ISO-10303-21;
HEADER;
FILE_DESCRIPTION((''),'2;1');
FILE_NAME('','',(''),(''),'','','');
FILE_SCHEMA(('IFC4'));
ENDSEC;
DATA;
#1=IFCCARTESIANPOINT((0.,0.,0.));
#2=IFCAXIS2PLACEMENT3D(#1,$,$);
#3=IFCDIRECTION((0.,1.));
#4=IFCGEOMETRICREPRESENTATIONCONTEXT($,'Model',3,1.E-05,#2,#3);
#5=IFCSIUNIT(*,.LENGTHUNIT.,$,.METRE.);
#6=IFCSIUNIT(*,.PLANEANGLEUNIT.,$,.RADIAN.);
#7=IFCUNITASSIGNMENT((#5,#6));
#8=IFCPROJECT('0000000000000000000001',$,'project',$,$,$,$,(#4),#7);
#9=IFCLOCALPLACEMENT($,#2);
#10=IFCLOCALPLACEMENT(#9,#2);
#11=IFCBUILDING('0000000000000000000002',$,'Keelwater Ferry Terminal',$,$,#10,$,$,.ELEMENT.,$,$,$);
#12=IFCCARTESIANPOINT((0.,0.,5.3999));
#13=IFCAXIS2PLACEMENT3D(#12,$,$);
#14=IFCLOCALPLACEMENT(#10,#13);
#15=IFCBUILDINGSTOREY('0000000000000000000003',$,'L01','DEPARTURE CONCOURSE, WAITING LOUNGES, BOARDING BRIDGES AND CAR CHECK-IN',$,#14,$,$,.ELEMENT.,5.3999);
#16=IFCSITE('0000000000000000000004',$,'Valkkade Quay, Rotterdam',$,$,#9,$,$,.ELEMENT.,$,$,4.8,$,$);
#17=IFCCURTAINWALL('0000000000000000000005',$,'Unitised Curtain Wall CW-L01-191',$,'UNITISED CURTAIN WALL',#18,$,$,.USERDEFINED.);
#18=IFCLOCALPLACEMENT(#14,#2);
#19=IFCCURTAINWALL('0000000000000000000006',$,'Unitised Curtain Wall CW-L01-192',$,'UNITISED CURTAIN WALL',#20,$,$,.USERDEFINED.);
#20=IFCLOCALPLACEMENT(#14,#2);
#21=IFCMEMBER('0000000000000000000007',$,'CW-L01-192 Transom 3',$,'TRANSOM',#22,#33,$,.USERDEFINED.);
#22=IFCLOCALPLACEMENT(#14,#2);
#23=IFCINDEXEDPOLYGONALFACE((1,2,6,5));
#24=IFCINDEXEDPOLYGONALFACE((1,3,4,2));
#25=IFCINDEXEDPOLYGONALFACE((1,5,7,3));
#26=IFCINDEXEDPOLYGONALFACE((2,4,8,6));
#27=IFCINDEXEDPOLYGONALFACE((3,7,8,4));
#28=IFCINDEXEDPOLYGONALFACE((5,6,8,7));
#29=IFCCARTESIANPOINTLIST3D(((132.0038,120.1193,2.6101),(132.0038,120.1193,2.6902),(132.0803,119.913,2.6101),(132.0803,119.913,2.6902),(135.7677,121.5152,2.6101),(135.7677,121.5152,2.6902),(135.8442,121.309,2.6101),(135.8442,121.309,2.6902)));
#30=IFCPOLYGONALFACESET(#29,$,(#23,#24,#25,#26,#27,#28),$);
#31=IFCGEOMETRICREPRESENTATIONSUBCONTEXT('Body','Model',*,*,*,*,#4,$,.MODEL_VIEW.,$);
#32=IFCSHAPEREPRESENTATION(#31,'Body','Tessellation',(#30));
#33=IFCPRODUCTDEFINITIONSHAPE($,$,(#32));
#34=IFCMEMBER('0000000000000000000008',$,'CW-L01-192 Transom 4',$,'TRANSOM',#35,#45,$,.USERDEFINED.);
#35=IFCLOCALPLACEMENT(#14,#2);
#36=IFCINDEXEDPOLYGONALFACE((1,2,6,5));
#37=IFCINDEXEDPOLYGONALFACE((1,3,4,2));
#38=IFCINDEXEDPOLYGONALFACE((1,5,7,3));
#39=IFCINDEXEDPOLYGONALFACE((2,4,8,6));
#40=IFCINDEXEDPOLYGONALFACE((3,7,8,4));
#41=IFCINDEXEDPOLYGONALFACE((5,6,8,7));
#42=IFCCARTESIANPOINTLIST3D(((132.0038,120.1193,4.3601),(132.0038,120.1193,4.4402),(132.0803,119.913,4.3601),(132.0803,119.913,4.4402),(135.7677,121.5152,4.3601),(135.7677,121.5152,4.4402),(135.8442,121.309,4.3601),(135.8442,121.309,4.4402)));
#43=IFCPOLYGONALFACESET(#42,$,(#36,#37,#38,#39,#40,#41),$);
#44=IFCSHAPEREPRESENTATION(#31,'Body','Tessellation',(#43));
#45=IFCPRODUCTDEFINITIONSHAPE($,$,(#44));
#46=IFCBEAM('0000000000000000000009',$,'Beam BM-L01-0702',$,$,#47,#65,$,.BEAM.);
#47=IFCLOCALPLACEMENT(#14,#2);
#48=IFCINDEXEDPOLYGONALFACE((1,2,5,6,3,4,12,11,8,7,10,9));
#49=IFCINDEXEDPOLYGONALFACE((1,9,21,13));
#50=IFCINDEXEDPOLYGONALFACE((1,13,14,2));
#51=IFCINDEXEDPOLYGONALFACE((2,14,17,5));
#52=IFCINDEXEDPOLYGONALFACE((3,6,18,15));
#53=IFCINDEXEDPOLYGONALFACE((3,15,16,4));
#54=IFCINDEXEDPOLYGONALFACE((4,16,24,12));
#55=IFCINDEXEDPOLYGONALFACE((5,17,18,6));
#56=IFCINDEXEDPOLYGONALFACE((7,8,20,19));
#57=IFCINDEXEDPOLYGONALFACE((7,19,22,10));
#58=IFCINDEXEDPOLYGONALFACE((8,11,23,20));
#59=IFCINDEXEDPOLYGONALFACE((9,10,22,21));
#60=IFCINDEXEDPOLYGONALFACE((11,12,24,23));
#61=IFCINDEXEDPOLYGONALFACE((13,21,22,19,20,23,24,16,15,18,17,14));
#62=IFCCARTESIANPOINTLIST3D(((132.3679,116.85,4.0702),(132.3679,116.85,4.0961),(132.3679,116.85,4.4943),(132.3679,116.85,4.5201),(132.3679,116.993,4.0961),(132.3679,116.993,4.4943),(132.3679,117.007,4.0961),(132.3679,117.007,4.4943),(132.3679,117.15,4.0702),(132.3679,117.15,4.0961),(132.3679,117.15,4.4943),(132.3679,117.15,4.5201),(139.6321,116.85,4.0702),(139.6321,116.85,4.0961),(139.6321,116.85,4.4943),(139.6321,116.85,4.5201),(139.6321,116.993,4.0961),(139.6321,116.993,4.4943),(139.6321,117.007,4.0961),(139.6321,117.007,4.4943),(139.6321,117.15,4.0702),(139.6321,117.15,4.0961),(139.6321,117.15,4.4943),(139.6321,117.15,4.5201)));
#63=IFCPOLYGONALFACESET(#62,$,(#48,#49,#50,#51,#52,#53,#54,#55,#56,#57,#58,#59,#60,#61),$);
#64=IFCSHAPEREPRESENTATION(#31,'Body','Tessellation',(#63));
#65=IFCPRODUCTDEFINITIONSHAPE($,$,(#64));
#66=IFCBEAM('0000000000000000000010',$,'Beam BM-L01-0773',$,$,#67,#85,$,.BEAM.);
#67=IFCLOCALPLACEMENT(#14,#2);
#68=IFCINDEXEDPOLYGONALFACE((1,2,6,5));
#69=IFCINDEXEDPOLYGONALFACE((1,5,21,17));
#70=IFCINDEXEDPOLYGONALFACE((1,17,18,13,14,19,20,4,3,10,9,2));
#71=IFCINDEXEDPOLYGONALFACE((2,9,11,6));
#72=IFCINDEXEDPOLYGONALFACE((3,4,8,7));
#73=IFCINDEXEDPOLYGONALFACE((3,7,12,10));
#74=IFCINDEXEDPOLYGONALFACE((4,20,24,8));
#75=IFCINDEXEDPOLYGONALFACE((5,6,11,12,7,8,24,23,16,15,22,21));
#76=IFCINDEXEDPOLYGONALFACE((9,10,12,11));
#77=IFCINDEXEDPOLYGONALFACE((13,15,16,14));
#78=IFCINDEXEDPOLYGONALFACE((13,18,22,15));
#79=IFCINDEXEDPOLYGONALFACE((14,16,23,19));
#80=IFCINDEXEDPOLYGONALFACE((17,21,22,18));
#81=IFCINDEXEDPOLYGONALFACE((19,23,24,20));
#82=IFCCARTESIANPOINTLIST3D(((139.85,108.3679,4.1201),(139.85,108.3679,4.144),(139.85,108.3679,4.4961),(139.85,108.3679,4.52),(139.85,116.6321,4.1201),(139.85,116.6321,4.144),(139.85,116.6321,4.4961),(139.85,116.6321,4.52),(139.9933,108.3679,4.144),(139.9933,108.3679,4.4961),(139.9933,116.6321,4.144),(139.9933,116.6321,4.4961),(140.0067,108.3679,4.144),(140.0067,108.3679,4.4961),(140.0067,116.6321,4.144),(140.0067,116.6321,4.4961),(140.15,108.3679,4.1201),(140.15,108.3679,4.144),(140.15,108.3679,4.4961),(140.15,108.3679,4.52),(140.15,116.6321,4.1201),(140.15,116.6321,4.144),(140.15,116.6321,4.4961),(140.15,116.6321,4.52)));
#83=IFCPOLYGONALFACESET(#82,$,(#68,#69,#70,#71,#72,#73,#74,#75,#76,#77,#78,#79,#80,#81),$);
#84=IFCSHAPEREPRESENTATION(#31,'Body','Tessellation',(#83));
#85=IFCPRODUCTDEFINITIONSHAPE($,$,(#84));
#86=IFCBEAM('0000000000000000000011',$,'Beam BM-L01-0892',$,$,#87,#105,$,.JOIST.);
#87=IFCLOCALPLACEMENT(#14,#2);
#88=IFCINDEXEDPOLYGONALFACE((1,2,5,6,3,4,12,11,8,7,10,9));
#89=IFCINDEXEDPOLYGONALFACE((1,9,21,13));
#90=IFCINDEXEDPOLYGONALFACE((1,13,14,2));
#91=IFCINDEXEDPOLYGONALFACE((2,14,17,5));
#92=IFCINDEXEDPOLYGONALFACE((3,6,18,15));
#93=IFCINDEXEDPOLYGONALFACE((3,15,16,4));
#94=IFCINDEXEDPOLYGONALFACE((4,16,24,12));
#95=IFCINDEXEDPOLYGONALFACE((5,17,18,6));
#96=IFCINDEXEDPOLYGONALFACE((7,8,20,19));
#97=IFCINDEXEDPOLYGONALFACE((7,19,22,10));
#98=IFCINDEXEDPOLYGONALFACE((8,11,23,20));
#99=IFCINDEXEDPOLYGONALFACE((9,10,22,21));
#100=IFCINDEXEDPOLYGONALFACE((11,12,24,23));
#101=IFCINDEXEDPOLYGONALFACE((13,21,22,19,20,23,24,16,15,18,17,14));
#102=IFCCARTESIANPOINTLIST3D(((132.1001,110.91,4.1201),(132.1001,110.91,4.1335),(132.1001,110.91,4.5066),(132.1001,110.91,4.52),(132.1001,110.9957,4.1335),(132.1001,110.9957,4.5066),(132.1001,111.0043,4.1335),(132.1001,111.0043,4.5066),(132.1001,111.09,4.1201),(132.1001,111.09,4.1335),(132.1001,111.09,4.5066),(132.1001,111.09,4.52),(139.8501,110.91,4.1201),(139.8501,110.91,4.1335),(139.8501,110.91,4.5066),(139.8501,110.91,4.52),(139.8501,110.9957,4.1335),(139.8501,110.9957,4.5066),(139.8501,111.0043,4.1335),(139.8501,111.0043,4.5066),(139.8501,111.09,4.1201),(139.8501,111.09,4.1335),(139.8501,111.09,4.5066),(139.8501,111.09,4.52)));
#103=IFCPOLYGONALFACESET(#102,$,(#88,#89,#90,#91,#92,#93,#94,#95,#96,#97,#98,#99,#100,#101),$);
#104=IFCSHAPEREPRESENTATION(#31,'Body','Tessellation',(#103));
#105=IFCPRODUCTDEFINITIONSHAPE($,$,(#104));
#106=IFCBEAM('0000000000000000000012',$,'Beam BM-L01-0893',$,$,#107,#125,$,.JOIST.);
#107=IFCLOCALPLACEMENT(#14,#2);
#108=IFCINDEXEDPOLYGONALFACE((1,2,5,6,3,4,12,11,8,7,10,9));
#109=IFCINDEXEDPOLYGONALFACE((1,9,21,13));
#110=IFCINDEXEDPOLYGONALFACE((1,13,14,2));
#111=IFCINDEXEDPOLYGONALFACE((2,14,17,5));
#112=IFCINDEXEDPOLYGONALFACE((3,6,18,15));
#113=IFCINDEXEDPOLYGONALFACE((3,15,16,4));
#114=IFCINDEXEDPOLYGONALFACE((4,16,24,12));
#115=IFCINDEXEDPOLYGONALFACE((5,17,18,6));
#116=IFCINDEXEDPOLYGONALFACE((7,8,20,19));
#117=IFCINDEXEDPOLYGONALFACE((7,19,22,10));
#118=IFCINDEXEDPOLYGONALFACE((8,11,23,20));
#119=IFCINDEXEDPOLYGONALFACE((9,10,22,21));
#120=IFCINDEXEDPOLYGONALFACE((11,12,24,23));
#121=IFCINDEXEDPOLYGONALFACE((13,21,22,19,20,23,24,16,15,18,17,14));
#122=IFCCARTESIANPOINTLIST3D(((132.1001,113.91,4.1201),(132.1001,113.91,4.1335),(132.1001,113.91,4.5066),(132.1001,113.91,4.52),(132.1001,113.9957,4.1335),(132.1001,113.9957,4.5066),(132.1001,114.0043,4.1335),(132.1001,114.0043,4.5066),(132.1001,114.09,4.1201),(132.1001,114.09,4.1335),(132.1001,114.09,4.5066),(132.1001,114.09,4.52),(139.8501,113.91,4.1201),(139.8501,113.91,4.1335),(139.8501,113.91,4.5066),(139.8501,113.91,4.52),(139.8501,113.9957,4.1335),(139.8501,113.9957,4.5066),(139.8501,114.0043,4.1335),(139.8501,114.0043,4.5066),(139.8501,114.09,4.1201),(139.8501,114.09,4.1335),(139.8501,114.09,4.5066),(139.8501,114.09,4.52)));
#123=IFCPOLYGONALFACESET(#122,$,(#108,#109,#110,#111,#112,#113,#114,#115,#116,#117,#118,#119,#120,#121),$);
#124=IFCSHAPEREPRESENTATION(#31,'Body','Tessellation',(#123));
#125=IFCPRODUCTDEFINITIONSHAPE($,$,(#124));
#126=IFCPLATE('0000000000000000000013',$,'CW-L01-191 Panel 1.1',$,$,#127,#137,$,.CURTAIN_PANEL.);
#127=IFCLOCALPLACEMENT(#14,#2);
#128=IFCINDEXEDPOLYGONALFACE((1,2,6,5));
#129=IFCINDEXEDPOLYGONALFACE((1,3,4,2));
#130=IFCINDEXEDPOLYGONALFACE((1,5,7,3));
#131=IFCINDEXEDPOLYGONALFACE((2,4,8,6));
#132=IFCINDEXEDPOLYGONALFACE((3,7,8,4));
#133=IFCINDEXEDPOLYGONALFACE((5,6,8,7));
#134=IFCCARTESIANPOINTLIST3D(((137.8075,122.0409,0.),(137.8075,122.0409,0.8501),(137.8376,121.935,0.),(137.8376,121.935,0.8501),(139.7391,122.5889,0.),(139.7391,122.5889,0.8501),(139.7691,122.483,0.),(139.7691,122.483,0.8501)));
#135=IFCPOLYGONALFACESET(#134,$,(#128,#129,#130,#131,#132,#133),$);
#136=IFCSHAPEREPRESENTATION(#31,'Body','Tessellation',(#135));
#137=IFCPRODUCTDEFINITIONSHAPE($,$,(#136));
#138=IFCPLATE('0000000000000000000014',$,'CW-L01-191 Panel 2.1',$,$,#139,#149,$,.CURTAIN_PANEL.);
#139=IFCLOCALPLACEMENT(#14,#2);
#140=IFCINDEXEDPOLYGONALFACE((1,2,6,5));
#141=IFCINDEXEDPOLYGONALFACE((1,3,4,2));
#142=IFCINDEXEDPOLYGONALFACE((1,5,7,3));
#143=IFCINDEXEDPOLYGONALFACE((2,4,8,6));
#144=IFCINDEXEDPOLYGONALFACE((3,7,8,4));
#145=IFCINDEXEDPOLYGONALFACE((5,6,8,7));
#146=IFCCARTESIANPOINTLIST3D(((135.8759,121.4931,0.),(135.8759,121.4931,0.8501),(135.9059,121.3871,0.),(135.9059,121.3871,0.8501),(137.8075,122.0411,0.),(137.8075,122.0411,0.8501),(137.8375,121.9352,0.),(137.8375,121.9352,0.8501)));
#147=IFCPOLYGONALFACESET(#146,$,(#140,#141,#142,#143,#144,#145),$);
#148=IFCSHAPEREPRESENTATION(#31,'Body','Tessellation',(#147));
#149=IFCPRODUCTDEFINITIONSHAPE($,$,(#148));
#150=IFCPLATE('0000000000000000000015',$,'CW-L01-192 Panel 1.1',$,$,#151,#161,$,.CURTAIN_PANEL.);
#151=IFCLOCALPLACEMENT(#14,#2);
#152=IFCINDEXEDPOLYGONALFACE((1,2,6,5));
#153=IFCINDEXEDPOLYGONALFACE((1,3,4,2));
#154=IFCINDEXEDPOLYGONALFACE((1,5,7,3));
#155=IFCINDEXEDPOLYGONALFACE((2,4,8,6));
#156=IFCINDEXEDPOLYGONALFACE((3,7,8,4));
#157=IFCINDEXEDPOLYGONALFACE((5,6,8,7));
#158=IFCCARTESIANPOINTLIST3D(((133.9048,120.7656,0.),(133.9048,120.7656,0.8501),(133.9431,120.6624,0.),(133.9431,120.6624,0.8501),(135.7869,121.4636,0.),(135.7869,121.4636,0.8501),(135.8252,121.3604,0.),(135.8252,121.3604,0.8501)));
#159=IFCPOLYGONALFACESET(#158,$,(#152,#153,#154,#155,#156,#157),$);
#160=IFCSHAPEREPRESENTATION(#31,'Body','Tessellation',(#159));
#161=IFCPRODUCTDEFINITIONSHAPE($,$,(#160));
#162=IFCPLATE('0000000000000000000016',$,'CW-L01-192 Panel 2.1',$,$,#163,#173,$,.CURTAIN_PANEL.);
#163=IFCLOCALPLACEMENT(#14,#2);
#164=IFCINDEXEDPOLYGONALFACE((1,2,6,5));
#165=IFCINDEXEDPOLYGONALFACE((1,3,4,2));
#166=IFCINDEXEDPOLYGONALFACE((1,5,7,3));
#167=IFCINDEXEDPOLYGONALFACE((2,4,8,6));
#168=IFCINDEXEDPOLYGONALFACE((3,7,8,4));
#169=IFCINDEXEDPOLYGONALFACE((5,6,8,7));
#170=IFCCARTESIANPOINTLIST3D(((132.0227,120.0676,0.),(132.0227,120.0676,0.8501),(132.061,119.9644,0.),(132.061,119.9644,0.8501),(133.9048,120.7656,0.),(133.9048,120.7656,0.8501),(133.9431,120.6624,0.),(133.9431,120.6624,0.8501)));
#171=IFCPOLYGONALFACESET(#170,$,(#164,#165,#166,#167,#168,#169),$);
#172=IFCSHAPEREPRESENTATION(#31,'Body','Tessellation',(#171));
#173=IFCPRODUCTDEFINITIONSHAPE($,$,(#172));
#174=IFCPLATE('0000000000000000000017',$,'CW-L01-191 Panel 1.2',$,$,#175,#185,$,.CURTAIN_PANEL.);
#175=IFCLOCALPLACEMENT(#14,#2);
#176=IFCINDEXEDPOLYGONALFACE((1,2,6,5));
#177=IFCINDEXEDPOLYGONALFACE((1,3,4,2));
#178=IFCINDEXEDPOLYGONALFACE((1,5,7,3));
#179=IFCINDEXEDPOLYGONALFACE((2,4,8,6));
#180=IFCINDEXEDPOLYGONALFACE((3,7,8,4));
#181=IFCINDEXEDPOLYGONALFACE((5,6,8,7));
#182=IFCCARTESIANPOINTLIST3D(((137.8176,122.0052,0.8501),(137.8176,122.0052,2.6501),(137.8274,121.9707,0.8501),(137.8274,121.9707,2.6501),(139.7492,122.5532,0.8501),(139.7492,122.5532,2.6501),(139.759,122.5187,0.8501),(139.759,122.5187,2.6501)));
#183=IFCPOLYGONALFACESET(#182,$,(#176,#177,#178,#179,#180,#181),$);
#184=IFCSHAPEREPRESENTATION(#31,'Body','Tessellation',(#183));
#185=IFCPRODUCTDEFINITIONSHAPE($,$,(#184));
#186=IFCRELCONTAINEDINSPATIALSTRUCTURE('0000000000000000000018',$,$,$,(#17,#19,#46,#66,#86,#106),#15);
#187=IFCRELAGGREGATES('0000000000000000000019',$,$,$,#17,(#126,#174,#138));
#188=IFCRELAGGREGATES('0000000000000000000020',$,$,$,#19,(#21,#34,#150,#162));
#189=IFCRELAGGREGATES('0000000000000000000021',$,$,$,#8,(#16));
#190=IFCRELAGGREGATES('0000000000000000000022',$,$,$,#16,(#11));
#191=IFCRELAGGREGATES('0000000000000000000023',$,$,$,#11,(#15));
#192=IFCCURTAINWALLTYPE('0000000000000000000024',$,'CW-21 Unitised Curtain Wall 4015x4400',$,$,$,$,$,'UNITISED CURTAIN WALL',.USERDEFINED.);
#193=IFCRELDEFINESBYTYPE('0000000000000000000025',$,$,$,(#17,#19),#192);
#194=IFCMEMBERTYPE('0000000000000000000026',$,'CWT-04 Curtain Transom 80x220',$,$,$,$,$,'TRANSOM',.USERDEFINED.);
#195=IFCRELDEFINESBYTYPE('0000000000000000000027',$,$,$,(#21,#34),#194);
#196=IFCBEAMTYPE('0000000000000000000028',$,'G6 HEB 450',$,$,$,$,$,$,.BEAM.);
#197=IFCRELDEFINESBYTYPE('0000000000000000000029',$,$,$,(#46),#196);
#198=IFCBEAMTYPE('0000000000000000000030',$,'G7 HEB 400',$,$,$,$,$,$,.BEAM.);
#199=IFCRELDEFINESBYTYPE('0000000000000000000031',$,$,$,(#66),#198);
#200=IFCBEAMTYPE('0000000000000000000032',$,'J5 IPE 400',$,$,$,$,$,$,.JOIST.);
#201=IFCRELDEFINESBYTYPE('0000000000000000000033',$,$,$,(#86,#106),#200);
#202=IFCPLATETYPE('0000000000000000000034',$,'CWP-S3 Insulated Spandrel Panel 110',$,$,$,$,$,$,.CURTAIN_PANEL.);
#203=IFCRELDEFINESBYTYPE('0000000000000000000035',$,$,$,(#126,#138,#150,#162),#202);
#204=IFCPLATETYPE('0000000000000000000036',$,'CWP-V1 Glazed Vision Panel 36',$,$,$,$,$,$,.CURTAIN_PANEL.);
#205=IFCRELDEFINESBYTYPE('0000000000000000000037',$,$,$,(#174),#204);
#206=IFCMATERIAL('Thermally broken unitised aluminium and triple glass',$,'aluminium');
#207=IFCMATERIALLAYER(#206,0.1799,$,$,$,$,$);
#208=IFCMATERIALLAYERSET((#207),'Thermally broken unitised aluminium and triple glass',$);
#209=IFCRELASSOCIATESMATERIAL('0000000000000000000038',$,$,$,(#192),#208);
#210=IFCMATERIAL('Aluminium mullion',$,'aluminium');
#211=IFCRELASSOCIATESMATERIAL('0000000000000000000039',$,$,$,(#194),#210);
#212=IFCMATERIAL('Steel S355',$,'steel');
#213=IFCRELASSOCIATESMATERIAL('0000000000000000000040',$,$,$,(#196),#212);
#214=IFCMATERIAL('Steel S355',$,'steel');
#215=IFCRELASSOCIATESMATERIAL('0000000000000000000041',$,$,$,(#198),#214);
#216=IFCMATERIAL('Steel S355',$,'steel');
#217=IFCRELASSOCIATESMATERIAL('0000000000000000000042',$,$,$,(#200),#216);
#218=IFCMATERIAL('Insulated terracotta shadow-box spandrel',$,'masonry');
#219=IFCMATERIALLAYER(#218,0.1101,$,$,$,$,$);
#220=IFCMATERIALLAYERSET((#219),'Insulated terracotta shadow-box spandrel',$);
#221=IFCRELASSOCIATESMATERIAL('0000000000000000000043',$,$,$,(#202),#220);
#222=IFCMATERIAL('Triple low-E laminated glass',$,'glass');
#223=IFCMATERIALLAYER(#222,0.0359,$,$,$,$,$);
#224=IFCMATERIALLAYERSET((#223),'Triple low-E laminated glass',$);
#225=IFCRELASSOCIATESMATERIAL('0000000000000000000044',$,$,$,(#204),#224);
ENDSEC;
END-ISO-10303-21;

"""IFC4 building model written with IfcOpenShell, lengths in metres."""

from ifc_helpers import new_model, si_unit, direction, frame, origin, origin_2d, place, context, subcontext, project, spatial, rectangle, i_section, extrude, material, layer, layer_set, material_profile, profile_set, type_object, element, aggregate, save


model = new_model("IFC4")

# Units and contexts
model_context = context("Model", 3, precision=1e-05, world=origin(), true_north=direction((0.0, 1.0)))
body_context = subcontext(model_context, "Body", "Model", "MODEL_VIEW")
ifc_project = project(units=[si_unit("LENGTHUNIT", "METRE"), si_unit("PLANEANGLEUNIT", "RADIAN")], contexts=[model_context])

# Site, building, storey
site_placement = place(None, origin())
site = spatial("IfcSite", under=ifc_project, at=site_placement, Name="Valkkade Quay, Rotterdam", CompositionType="ELEMENT", RefElevation=4.8)
building_placement = place(site_placement, origin())
building = spatial("IfcBuilding", under=site, at=building_placement, Name="Keelwater Ferry Terminal", CompositionType="ELEMENT")
storey_placement = place(building_placement, frame((0.0, 0.0, 5.3999)))
storey = spatial("IfcBuildingStorey", under=building, at=storey_placement, Name="L01", Description="DEPARTURE CONCOURSE, WAITING LOUNGES, BOARDING BRIDGES AND CAR CHECK-IN", CompositionType="ELEMENT", Elevation=5.3999)

# Shared definitions
ifc_material_1 = material(Name="Thermally broken unitised aluminium and triple glass", Category="aluminium")
ifc_layer_1 = layer(ifc_material_1, 0.1799)
ifc_layer_set_1 = layer_set([ifc_layer_1], Name="Thermally broken unitised aluminium and triple glass")
curtain_wall_type = type_object("IfcCurtainWallType", Name="CW-21 Unitised Curtain Wall 4015x4400", ElementType="UNITISED CURTAIN WALL", PredefinedType="USERDEFINED", material=ifc_layer_set_1)

# Curtain walls
curtain_wall_1_placement = place(storey_placement, origin())
curtain_wall_1 = element("IfcCurtainWall", 1, at=curtain_wall_1_placement, inside=storey, type_object=curtain_wall_type, Name="Unitised Curtain Wall CW-L01-191", ObjectType="UNITISED CURTAIN WALL", PredefinedType="USERDEFINED")
curtain_wall_2_placement = place(storey_placement, origin())
curtain_wall_2 = element("IfcCurtainWall", 2, at=curtain_wall_2_placement, inside=storey, type_object=curtain_wall_type, Name="Unitised Curtain Wall CW-L01-192", ObjectType="UNITISED CURTAIN WALL", PredefinedType="USERDEFINED")

# Members
ifc_material_2 = material(Name="Aluminium mullion", Category="aluminium")
ifc_material_profile_1 = material_profile(ifc_material_2, rectangle(XDim=0.22, YDim=0.0801, at=origin_2d()), Name="CWT-04")
ifc_profile_set_1 = profile_set([ifc_material_profile_1], Name="Aluminium mullion")
member_type_1 = type_object("IfcMemberType", Name="CWT-04 Curtain Transom 80x220", ElementType="TRANSOM", PredefinedType="USERDEFINED", material=ifc_profile_set_1)
member_1_placement = place(storey_placement, frame((135.8059, 121.4121, 2.6501), z_axis=(-0.93759, -0.347742, 0.0), x_axis=(0.347742, -0.93759, 0.0)))
member_1 = element("IfcMember", 3, at=member_1_placement, type_object=member_type_1, Name="CW-L01-192 Transom 3", ObjectType="TRANSOM", PredefinedType="USERDEFINED", context=body_context, shape_type="SweptSolid", body=[
    extrude(rectangle(XDim=0.22, YDim=0.0801, at=origin_2d()), origin(), (0.0, 0.0, 1.0), 4.0144),
])
member_2_placement = place(storey_placement, frame((135.8059, 121.4121, 4.4001), z_axis=(-0.93759, -0.347742, 0.0), x_axis=(0.347742, -0.93759, 0.0)))
member_2 = element("IfcMember", 4, at=member_2_placement, type_object=member_type_1, Name="CW-L01-192 Transom 4", ObjectType="TRANSOM", PredefinedType="USERDEFINED", context=body_context, shape_type="SweptSolid", body=[
    extrude(rectangle(XDim=0.22, YDim=0.0801, at=origin_2d()), origin(), (0.0, 0.0, 1.0), 4.0144),
])

# Beams
ifc_material_3 = material(Name="Steel S355", Category="steel")
ifc_material_profile_2 = material_profile(ifc_material_3, i_section(OverallWidth=0.3, OverallDepth=0.45, WebThickness=0.0139, FlangeThickness=0.0259, at=origin_2d()), Name="HEB 450")
ifc_profile_set_2 = profile_set([ifc_material_profile_2], Name="Steel S355")
beam_type_1 = type_object("IfcBeamType", Name="G6 HEB 450", PredefinedType="BEAM", material=ifc_profile_set_2)
beam_1_placement = place(storey_placement, frame((132.3679, 117.0, 4.2952), z_axis=(1.0, 0.0, 0.0), x_axis=(0.0, 1.0, 0.0)))
element("IfcBeam", 5, at=beam_1_placement, inside=storey, type_object=beam_type_1, Name="Beam BM-L01-0702", PredefinedType="BEAM", context=body_context, shape_type="SweptSolid", body=[
    extrude(i_section(OverallWidth=0.3, OverallDepth=0.45, WebThickness=0.0139, FlangeThickness=0.0259, at=origin_2d()), origin(), (0.0, 0.0, 1.0), 7.2642),
])
ifc_material_4 = material(Name="Steel S355", Category="steel")
ifc_material_profile_3 = material_profile(ifc_material_4, i_section(OverallWidth=0.3, OverallDepth=0.3999, WebThickness=0.0134, FlangeThickness=0.0239, at=origin_2d()), Name="HEB 400")
ifc_profile_set_3 = profile_set([ifc_material_profile_3], Name="Steel S355")
beam_type_2 = type_object("IfcBeamType", Name="G7 HEB 400", PredefinedType="BEAM", material=ifc_profile_set_3)
beam_2_placement = place(storey_placement, frame((140.0, 108.3679, 4.3201), z_axis=(0.0, 1.0, 0.0), x_axis=(-1.0, 0.0, 0.0)))
element("IfcBeam", 6, at=beam_2_placement, inside=storey, type_object=beam_type_2, Name="Beam BM-L01-0773", PredefinedType="BEAM", context=body_context, shape_type="SweptSolid", body=[
    extrude(i_section(OverallWidth=0.3, OverallDepth=0.3999, WebThickness=0.0134, FlangeThickness=0.0239, at=origin_2d()), origin(), (0.0, 0.0, 1.0), 8.2642),
])
ifc_material_5 = material(Name="Steel S355", Category="steel")
ifc_material_profile_4 = material_profile(ifc_material_5, i_section(OverallWidth=0.1799, OverallDepth=0.3999, WebThickness=0.0085, FlangeThickness=0.0134, at=origin_2d()), Name="IPE 400")
ifc_profile_set_4 = profile_set([ifc_material_profile_4], Name="Steel S355")
beam_type_3 = type_object("IfcBeamType", Name="J5 IPE 400", PredefinedType="JOIST", material=ifc_profile_set_4)
for number, where, z_axis, x_axis, name in (
    (7, (132.1001, 111.0, 4.3201), (1.0, 0.0, 0.0), (0.0, 1.0, 0.0), "Beam BM-L01-0892"),
    (8, (132.1001, 114.0, 4.3201), (1.0, 0.0, 0.0), (0.0, 1.0, 0.0), "Beam BM-L01-0893"),
):
    element("IfcBeam", number, at=place(storey_placement, frame(where, z_axis=z_axis, x_axis=x_axis)), inside=storey, type_object=beam_type_3, Name=name, PredefinedType="JOIST", context=body_context, shape_type="SweptSolid", body=[
        extrude(i_section(OverallWidth=0.1799, OverallDepth=0.3999, WebThickness=0.0085, FlangeThickness=0.0134, at=origin_2d()), origin(), (0.0, 0.0, 1.0), 7.75),
    ])

# Plates
ifc_material_6 = material(Name="Insulated terracotta shadow-box spandrel", Category="masonry")
ifc_layer_2 = layer(ifc_material_6, 0.1101)
ifc_layer_set_2 = layer_set([ifc_layer_2], Name="Insulated terracotta shadow-box spandrel")
plate_type_1 = type_object("IfcPlateType", Name="CWP-S3 Insulated Spandrel Panel 110", PredefinedType="CURTAIN_PANEL", material=ifc_layer_set_2)
plate_1_placement = place(storey_placement, frame((138.7883, 122.262, 0.0), z_axis=(0.0, 0.0, 1.0), x_axis=(-0.96203, -0.272945, 0.0)))
plate_1 = element("IfcPlate", 9, at=plate_1_placement, type_object=plate_type_1, Name="CW-L01-191 Panel 1.1", PredefinedType="CURTAIN_PANEL", context=body_context, shape_type="SweptSolid", body=[
    extrude(rectangle(XDim=2.0078, YDim=0.1101, at=origin_2d()), origin(), (0.0, 0.0, 1.0), 0.8501),
])
plate_2_placement = place(storey_placement, frame((136.8567, 121.7141, 0.0), z_axis=(0.0, 0.0, 1.0), x_axis=(-0.96203, -0.272945, 0.0)))
plate_2 = element("IfcPlate", 10, at=plate_2_placement, type_object=plate_type_1, Name="CW-L01-191 Panel 2.1", PredefinedType="CURTAIN_PANEL", context=body_context, shape_type="SweptSolid", body=[
    extrude(rectangle(XDim=2.0078, YDim=0.1101, at=origin_2d()), origin(), (0.0, 0.0, 1.0), 0.8501),
])
plate_3_placement = place(storey_placement, frame((134.865, 121.063, 0.0), z_axis=(0.0, 0.0, 1.0), x_axis=(-0.937592, -0.347736, 0.0)))
plate_3 = element("IfcPlate", 11, at=plate_3_placement, type_object=plate_type_1, Name="CW-L01-192 Panel 1.1", PredefinedType="CURTAIN_PANEL", context=body_context, shape_type="SweptSolid", body=[
    extrude(rectangle(XDim=2.0073, YDim=0.1101, at=origin_2d()), origin(), (0.0, 0.0, 1.0), 0.8501),
])
plate_4_placement = place(storey_placement, frame((132.9829, 120.365, 0.0), z_axis=(0.0, 0.0, 1.0), x_axis=(-0.937592, -0.347736, 0.0)))
plate_4 = element("IfcPlate", 12, at=plate_4_placement, type_object=plate_type_1, Name="CW-L01-192 Panel 2.1", PredefinedType="CURTAIN_PANEL", context=body_context, shape_type="SweptSolid", body=[
    extrude(rectangle(XDim=2.0073, YDim=0.1101, at=origin_2d()), origin(), (0.0, 0.0, 1.0), 0.8501),
])
ifc_material_7 = material(Name="Triple low-E laminated glass", Category="glass")
ifc_layer_3 = layer(ifc_material_7, 0.0359)
ifc_layer_set_3 = layer_set([ifc_layer_3], Name="Triple low-E laminated glass")
plate_type_2 = type_object("IfcPlateType", Name="CWP-V1 Glazed Vision Panel 36", PredefinedType="CURTAIN_PANEL", material=ifc_layer_set_3)
plate_5_placement = place(storey_placement, frame((138.7883, 122.262, 0.8501), z_axis=(0.0, 0.0, 1.0), x_axis=(-0.96203, -0.272945, 0.0)))
plate_5 = element("IfcPlate", 13, at=plate_5_placement, type_object=plate_type_2, Name="CW-L01-191 Panel 1.2", PredefinedType="CURTAIN_PANEL", context=body_context, shape_type="SweptSolid", body=[
    extrude(rectangle(XDim=2.0078, YDim=0.0359, at=origin_2d()), origin(), (0.0, 0.0, 1.0), 1.8),
])
aggregate(curtain_wall_1, [plate_1, plate_5, plate_2])
aggregate(curtain_wall_2, [member_1, member_2, plate_3, plate_4])

save(model, "model.ifc")
